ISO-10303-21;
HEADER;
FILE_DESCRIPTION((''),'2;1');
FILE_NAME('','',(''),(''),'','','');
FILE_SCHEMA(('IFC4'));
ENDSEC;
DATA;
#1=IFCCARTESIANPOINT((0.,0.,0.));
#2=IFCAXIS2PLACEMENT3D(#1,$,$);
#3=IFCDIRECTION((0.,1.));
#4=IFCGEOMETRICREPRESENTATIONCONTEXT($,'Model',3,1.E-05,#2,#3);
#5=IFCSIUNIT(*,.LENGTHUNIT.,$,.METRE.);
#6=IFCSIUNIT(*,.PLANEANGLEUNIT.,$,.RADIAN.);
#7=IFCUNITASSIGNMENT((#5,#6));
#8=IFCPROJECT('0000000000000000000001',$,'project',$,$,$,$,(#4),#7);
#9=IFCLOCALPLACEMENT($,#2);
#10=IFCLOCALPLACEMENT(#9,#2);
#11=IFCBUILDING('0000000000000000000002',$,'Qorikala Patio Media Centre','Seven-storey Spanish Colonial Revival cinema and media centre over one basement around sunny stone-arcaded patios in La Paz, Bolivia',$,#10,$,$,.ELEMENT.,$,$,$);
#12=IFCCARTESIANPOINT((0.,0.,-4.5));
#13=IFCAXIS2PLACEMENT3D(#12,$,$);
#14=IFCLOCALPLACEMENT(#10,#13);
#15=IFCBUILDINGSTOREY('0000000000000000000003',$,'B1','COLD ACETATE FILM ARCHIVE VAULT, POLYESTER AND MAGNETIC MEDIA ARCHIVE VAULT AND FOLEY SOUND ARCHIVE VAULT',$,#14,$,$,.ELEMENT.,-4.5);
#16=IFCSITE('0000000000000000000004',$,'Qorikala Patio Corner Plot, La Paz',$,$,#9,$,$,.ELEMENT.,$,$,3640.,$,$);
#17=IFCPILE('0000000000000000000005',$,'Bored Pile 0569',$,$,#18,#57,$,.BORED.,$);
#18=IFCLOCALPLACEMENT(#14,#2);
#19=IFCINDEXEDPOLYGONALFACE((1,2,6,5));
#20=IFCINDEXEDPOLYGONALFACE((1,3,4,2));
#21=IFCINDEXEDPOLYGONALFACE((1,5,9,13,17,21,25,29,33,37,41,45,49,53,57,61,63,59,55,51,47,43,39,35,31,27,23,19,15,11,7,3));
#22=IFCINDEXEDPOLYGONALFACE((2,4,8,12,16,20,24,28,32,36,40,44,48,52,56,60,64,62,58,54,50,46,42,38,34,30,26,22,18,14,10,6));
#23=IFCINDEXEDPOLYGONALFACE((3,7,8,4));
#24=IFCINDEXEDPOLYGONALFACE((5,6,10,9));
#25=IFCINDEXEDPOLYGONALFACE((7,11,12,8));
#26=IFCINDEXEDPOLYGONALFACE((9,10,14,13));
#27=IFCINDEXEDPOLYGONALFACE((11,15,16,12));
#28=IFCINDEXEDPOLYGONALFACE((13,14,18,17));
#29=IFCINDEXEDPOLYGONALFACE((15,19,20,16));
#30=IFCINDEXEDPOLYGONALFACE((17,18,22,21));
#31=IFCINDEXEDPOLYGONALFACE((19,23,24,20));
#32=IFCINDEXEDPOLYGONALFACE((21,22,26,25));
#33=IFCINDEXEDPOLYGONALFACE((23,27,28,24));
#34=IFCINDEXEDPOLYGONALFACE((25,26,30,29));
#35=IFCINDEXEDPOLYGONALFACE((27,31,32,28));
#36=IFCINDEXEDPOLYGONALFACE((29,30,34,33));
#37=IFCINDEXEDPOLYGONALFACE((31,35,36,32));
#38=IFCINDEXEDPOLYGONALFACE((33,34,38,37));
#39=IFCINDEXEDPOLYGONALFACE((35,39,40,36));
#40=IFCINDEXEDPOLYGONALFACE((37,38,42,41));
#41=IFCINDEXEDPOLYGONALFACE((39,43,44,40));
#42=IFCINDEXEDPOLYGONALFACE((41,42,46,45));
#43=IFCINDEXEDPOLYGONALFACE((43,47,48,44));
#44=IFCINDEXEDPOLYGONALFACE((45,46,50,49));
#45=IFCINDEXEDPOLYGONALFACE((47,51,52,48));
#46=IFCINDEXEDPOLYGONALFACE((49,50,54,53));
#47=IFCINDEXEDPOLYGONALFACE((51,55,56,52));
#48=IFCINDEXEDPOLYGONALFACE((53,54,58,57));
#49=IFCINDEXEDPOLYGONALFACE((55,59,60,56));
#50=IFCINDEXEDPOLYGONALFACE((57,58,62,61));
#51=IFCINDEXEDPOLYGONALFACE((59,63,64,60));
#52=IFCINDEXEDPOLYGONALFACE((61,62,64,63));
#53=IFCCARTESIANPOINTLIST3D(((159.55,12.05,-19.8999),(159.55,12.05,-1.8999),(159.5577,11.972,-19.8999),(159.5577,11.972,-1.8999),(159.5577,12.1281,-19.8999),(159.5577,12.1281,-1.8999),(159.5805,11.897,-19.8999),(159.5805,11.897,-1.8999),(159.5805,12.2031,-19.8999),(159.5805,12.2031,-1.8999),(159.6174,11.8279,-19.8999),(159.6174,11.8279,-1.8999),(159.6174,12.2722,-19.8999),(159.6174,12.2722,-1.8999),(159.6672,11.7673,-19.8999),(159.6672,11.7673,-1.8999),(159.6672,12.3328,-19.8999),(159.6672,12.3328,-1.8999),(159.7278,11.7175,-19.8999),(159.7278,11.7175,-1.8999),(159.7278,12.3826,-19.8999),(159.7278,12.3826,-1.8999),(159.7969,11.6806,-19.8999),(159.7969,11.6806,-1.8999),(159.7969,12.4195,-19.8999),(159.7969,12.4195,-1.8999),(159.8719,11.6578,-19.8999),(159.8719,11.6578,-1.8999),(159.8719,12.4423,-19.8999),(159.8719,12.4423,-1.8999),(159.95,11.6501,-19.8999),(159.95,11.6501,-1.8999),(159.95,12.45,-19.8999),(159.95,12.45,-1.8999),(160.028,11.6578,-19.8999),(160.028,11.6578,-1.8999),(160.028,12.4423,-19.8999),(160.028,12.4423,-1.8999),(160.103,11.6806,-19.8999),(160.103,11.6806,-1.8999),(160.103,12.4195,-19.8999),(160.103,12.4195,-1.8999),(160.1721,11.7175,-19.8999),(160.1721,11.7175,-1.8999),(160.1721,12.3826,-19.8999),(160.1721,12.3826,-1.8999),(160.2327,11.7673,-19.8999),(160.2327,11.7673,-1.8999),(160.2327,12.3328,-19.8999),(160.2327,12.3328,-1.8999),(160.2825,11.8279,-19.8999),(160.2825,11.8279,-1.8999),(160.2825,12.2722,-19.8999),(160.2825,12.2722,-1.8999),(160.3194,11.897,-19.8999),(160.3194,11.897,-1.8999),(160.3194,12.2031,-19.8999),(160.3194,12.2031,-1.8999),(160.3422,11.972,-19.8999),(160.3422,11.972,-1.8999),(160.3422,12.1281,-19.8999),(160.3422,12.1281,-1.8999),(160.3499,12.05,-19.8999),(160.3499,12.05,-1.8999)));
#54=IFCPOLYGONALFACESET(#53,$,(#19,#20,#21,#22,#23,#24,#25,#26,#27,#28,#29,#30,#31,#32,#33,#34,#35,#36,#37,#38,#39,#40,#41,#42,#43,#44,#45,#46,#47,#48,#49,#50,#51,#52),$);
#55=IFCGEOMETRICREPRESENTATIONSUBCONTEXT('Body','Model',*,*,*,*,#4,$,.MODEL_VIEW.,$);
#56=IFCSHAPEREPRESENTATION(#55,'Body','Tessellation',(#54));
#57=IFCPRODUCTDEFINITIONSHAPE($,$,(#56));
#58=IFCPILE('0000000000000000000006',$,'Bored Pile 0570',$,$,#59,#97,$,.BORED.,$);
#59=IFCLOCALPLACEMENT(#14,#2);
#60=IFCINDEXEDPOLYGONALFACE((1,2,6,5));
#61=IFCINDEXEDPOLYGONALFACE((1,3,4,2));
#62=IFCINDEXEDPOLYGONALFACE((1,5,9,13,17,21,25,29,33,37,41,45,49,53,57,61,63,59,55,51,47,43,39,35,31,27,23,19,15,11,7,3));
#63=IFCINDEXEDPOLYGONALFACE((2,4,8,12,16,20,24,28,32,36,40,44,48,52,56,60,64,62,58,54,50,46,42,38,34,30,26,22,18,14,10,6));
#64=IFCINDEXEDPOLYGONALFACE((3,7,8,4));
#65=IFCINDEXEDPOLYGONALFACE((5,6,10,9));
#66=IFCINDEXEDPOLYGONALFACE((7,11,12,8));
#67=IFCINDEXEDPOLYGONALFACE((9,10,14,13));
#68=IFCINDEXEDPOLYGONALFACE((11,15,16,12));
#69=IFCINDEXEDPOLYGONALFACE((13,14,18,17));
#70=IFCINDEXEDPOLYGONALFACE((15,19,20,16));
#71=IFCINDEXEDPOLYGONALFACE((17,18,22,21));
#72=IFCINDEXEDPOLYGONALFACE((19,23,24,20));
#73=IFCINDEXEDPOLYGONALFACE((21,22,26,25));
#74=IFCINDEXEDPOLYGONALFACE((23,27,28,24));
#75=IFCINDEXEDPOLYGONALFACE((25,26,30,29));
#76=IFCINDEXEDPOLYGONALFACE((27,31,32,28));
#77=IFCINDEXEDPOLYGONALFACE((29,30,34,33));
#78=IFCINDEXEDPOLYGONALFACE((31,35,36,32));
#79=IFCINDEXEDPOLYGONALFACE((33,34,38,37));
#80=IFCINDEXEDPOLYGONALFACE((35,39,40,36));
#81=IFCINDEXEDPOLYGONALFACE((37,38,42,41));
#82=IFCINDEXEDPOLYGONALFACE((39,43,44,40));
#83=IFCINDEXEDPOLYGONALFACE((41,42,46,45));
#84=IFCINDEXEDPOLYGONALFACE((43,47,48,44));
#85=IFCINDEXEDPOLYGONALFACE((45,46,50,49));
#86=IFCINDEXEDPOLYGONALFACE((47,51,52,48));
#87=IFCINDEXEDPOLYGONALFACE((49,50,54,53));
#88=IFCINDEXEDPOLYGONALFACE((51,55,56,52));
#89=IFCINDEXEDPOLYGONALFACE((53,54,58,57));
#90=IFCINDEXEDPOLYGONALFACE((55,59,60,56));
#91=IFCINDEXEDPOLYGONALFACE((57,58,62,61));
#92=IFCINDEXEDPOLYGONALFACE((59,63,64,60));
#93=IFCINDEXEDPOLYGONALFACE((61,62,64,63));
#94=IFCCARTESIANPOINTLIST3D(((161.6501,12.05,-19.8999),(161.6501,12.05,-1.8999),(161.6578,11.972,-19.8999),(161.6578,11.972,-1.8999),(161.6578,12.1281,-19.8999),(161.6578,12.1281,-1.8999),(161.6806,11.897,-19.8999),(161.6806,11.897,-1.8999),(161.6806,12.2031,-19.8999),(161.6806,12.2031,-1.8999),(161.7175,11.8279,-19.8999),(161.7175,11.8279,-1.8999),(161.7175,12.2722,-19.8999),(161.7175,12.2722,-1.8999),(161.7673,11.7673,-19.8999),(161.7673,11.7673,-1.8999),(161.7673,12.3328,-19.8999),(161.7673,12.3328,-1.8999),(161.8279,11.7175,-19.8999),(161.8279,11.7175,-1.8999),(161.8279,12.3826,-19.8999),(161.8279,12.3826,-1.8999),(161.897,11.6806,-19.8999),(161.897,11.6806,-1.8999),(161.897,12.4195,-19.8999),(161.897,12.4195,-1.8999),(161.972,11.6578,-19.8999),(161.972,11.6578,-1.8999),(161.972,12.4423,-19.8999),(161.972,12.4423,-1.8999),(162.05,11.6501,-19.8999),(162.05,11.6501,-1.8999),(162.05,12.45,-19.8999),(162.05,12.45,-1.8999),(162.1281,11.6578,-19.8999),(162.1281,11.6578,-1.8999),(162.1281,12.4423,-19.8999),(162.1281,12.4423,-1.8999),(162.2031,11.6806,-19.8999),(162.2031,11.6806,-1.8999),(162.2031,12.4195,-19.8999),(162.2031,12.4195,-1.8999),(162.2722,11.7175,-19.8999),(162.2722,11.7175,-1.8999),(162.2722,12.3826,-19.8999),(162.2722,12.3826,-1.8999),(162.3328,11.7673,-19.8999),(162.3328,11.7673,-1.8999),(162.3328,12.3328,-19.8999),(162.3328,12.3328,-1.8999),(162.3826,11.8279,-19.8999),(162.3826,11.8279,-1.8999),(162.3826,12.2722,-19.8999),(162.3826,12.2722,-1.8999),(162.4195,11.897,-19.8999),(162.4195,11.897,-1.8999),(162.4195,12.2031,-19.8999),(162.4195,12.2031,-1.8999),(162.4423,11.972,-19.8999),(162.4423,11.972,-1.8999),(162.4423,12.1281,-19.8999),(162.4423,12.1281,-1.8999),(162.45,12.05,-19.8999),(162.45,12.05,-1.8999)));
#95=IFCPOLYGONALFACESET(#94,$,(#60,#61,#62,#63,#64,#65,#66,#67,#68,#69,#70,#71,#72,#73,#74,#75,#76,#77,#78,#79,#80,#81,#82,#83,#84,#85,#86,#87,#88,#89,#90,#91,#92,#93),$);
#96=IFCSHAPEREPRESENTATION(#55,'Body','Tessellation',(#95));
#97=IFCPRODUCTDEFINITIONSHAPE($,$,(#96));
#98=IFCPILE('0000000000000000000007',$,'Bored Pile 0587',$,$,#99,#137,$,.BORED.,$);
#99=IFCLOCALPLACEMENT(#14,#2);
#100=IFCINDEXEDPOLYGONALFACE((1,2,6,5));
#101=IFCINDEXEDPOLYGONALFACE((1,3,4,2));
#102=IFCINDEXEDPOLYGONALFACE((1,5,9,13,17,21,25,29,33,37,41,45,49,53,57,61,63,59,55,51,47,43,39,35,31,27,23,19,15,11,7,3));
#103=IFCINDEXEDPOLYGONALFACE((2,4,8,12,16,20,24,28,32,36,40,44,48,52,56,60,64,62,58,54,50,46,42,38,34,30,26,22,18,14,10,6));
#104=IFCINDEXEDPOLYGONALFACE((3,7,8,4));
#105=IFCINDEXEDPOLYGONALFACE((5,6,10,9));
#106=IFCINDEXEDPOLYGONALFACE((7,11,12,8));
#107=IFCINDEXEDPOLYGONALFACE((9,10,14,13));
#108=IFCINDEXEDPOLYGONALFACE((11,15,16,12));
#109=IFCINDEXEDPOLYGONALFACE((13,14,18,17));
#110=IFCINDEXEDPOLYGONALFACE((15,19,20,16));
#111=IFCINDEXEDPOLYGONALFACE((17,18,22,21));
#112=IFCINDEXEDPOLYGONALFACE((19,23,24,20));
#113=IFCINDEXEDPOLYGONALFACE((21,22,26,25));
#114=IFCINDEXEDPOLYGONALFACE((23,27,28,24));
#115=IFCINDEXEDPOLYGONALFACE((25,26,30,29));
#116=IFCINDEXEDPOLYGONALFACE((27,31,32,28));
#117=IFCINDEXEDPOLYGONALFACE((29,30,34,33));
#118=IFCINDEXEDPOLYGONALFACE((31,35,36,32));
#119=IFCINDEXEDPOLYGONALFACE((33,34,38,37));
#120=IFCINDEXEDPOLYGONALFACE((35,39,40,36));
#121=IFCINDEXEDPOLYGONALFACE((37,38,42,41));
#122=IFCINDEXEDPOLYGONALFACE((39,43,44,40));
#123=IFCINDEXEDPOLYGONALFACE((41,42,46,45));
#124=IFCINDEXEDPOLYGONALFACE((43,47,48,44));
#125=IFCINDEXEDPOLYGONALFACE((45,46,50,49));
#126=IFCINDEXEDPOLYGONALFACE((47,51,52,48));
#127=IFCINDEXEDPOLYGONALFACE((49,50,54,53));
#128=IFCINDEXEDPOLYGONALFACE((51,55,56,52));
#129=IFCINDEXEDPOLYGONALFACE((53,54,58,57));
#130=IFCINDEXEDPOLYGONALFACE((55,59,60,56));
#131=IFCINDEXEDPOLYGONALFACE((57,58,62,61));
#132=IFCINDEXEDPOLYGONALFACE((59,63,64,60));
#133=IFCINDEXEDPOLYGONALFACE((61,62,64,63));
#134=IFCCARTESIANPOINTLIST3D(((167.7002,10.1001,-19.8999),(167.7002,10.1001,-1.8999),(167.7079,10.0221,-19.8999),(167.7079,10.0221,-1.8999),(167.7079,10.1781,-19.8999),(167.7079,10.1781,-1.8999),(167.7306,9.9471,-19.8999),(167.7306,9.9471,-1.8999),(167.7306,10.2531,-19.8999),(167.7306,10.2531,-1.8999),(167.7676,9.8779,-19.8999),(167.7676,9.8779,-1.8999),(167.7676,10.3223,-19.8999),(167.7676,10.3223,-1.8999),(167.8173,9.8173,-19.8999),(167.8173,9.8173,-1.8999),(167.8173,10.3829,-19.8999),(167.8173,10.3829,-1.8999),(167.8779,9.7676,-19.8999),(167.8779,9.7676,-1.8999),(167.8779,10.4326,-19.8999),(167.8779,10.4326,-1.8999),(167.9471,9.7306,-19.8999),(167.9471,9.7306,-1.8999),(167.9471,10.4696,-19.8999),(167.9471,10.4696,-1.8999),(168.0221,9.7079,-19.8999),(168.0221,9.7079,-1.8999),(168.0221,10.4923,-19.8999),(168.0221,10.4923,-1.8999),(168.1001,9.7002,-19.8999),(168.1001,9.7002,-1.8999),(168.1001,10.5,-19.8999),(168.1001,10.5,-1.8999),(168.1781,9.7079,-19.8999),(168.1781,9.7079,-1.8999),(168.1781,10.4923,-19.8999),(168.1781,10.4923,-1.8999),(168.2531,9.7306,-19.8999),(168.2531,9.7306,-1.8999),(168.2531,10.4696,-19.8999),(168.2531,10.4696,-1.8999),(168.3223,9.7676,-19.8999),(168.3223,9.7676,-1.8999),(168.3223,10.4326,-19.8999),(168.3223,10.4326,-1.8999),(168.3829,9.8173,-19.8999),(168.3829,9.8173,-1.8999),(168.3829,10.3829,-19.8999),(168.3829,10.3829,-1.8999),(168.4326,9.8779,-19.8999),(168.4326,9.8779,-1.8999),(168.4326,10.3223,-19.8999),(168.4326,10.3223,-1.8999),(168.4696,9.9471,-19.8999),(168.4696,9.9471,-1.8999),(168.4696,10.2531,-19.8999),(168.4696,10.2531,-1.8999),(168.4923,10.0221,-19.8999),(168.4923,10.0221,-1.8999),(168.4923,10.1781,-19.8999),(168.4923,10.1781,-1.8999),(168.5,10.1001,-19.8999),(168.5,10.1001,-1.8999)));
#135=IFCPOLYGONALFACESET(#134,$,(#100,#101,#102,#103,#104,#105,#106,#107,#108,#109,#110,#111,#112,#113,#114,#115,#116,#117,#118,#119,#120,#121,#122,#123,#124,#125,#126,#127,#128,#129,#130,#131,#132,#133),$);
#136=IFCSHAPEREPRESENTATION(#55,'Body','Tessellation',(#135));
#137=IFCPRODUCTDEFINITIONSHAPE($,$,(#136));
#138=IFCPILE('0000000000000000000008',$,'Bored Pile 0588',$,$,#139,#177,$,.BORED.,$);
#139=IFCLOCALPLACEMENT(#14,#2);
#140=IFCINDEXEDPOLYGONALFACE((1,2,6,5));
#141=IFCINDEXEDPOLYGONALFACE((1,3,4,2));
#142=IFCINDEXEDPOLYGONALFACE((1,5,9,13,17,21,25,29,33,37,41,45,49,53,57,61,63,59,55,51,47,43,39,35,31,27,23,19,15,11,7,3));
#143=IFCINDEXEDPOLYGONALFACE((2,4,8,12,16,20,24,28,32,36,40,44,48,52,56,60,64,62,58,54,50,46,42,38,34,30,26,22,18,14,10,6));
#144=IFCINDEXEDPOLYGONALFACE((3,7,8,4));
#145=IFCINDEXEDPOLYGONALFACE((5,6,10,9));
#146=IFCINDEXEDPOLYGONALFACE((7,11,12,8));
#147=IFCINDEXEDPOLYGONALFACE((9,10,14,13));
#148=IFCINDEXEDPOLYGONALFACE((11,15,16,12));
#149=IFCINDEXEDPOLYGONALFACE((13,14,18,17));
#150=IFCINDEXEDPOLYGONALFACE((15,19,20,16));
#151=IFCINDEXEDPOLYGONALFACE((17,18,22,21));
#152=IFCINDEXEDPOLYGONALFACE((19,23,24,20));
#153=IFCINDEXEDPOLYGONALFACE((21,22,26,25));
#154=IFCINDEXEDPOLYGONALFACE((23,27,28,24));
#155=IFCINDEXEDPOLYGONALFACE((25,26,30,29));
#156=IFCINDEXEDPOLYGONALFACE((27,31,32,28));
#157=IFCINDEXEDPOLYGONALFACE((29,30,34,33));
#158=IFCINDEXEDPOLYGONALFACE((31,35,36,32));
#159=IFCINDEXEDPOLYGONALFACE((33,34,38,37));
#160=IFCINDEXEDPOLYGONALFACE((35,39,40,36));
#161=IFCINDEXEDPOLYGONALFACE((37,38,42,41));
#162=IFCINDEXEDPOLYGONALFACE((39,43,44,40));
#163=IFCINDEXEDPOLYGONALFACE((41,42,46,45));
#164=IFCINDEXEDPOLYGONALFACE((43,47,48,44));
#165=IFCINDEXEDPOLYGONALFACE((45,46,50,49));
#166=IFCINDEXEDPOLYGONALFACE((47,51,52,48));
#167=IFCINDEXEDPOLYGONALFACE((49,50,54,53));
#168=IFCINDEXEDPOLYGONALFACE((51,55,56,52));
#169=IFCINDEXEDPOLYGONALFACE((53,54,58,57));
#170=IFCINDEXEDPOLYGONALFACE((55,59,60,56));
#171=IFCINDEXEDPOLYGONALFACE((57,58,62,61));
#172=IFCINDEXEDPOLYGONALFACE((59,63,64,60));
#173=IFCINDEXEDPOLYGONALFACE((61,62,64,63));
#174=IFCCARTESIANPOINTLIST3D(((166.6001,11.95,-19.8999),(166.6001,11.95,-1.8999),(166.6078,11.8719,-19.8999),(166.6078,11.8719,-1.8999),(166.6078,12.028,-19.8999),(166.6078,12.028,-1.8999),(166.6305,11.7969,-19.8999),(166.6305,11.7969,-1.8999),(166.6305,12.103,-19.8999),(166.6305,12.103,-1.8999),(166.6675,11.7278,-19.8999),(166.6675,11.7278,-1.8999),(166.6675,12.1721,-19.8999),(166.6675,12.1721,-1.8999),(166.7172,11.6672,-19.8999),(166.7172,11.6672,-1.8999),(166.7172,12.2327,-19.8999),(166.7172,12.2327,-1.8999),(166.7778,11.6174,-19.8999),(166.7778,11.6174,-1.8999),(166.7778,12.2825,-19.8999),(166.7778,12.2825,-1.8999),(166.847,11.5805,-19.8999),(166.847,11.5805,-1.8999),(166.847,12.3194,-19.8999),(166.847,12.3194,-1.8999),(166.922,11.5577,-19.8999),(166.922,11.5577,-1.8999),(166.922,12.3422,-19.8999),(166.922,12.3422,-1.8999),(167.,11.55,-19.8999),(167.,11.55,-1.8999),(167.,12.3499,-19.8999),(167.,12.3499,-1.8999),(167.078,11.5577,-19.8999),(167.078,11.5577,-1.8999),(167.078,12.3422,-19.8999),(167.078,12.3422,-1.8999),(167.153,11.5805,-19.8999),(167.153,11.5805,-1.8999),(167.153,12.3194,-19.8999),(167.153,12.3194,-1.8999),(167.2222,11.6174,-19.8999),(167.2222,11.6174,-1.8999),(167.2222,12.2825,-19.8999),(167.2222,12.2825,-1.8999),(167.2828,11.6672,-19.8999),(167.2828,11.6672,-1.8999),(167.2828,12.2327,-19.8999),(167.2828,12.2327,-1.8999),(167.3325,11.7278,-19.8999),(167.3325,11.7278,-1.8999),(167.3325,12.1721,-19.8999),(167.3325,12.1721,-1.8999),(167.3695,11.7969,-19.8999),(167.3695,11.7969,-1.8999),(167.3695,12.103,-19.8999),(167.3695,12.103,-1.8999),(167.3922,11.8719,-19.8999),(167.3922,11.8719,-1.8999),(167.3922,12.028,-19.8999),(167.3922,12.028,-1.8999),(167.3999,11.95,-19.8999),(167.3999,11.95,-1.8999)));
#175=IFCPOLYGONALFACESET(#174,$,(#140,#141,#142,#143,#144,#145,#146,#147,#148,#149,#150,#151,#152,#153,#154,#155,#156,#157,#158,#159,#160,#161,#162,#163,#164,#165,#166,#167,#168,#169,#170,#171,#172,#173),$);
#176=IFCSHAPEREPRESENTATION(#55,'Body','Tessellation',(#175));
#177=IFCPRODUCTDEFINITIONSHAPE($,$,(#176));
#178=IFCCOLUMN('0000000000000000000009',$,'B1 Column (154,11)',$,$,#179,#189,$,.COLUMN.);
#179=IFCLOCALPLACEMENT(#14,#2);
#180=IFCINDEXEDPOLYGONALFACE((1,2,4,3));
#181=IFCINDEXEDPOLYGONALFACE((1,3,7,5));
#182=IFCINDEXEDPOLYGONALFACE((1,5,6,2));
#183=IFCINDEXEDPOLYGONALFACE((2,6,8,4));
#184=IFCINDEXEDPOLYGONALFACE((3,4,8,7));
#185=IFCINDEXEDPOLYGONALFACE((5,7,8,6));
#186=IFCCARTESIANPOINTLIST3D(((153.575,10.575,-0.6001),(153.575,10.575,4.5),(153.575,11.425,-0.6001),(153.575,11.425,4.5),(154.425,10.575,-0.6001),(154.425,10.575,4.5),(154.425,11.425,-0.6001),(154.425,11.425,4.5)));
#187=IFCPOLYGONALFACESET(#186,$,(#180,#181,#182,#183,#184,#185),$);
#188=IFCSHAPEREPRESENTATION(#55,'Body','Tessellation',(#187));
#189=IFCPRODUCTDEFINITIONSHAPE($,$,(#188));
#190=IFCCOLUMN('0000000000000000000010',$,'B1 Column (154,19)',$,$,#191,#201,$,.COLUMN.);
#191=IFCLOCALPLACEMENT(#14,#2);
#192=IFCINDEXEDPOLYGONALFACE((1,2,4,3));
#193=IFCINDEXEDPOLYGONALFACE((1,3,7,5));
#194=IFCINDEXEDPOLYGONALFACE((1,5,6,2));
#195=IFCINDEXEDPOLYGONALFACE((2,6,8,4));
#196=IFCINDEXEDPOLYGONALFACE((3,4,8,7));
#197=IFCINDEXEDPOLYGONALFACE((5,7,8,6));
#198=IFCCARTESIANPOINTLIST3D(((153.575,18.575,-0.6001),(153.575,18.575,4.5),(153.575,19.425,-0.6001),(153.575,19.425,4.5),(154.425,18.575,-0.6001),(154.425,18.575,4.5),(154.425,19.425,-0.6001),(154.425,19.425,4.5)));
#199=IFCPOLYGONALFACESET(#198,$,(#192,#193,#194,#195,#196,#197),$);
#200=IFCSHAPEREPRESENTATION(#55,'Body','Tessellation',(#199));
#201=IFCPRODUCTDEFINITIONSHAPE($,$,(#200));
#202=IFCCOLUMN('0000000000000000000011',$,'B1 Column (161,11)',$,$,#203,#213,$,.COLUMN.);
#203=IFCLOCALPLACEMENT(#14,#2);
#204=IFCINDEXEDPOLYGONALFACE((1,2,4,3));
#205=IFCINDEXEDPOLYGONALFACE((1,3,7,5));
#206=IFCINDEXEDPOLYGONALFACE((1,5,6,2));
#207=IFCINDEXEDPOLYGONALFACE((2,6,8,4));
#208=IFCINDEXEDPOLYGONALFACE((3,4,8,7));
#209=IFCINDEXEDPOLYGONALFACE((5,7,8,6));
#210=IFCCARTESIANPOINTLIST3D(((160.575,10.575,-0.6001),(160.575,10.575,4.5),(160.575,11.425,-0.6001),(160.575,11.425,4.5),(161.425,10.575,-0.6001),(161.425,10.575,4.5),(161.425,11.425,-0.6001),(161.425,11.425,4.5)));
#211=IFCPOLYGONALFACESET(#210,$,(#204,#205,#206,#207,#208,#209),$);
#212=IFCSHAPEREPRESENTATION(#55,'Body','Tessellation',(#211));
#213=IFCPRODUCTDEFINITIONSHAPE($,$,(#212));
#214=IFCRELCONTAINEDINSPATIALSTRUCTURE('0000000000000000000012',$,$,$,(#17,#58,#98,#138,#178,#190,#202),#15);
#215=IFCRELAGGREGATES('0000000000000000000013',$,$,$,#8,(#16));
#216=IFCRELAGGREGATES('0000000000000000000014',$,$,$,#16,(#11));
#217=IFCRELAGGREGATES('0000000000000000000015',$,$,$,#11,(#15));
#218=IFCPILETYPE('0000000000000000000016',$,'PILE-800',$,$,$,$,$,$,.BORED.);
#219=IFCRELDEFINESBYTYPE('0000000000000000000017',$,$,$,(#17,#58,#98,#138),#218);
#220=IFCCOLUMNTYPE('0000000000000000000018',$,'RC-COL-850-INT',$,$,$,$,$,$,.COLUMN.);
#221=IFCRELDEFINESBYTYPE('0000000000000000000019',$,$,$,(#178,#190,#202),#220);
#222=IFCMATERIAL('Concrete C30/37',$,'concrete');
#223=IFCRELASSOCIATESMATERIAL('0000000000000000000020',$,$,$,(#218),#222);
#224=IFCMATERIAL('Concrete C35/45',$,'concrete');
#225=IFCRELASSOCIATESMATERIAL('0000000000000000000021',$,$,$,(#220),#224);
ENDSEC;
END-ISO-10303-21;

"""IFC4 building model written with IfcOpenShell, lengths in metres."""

from ifc_helpers import new_model, si_unit, direction, frame, origin, origin_2d, place, context, subcontext, project, spatial, rectangle, circle, extrude, material, material_profile, profile_set, type_object, element, save


model = new_model("IFC4")

# Units and contexts
model_context = context("Model", 3, precision=1e-05, world=origin(), true_north=direction((0.0, 1.0)))
body_context = subcontext(model_context, "Body", "Model", "MODEL_VIEW")
ifc_project = project(units=[si_unit("LENGTHUNIT", "METRE"), si_unit("PLANEANGLEUNIT", "RADIAN")], contexts=[model_context])

# Site, building, storey
site_placement = place(None, origin())
site = spatial("IfcSite", under=ifc_project, at=site_placement, Name="Qorikala Patio Corner Plot, La Paz", CompositionType="ELEMENT", RefElevation=3640.0)
building_placement = place(site_placement, origin())
building = spatial("IfcBuilding", under=site, at=building_placement, Name="Qorikala Patio Media Centre", Description="Seven-storey Spanish Colonial Revival cinema and media centre over one basement around sunny stone-arcaded patios in La Paz, Bolivia", CompositionType="ELEMENT")
storey_placement = place(building_placement, frame((0.0, 0.0, -4.5)))
storey = spatial("IfcBuildingStorey", under=building, at=storey_placement, Name="B1", Description="COLD ACETATE FILM ARCHIVE VAULT, POLYESTER AND MAGNETIC MEDIA ARCHIVE VAULT AND FOLEY SOUND ARCHIVE VAULT", CompositionType="ELEMENT", Elevation=-4.5)

# Shared definitions
ifc_material_1 = material(Name="Concrete C30/37", Category="concrete")

# Piles
ifc_material_profile_1 = material_profile(ifc_material_1, circle(Radius=0.3999, at=origin_2d()), Name="BORED PILE 800")
ifc_profile_set_1 = profile_set([ifc_material_profile_1], Name="Concrete C30/37")
pile_type_1 = type_object("IfcPileType", Name="PILE-800", PredefinedType="BORED", material=ifc_profile_set_1)
for number, where, z_axis, x_axis, name in (
    (1, (159.95, 12.05, -1.8999), (0.0, 0.0, -1.0), (1.0, 0.0, 0.0), "Bored Pile 0569"),
    (2, (162.05, 12.05, -1.8999), (0.0, 0.0, -1.0), (1.0, 0.0, 0.0), "Bored Pile 0570"),
    (3, (168.1001, 10.1001, -1.8999), (0.0, 0.0, -1.0), (1.0, 0.0, 0.0), "Bored Pile 0587"),
    (4, (167.0, 11.95, -1.8999), (0.0, 0.0, -1.0), (1.0, 0.0, 0.0), "Bored Pile 0588"),
):
    element("IfcPile", number, at=place(storey_placement, frame(where, z_axis=z_axis, x_axis=x_axis)), inside=storey, type_object=pile_type_1, Name=name, PredefinedType="BORED", context=body_context, shape_type="SweptSolid", body=[
        extrude(circle(Radius=0.3999, at=origin_2d()), origin(), (0.0, 0.0, 1.0), 18.0),
    ])

# Columns
ifc_material_2 = material(Name="Concrete C35/45", Category="concrete")
ifc_material_profile_2 = material_profile(ifc_material_2, rectangle(XDim=0.8501, YDim=0.8501, at=origin_2d()), Name="RC 850x850")
ifc_profile_set_2 = profile_set([ifc_material_profile_2], Name="Concrete C35/45")
column_type = type_object("IfcColumnType", Name="RC-COL-850-INT", PredefinedType="COLUMN", material=ifc_profile_set_2)
for number, where, z_axis, x_axis, name in (
    (5, (154.0, 11.0, -0.6001), (0.0, 0.0, 1.0), (1.0, 0.0, 0.0), "B1 Column (154,11)"),
    (6, (154.0, 19.0, -0.6001), (0.0, 0.0, 1.0), (1.0, 0.0, 0.0), "B1 Column (154,19)"),
    (7, (161.0, 11.0, -0.6001), (0.0, 0.0, 1.0), (1.0, 0.0, 0.0), "B1 Column (161,11)"),
):
    element("IfcColumn", number, at=place(storey_placement, frame(where, z_axis=z_axis, x_axis=x_axis)), inside=storey, type_object=column_type, Name=name, PredefinedType="COLUMN", context=body_context, shape_type="SweptSolid", body=[
        extrude(rectangle(XDim=0.8501, YDim=0.8501, at=origin_2d()), origin(), (0.0, 0.0, 1.0), 5.1001),
    ])

save(model, "model.ifc")
